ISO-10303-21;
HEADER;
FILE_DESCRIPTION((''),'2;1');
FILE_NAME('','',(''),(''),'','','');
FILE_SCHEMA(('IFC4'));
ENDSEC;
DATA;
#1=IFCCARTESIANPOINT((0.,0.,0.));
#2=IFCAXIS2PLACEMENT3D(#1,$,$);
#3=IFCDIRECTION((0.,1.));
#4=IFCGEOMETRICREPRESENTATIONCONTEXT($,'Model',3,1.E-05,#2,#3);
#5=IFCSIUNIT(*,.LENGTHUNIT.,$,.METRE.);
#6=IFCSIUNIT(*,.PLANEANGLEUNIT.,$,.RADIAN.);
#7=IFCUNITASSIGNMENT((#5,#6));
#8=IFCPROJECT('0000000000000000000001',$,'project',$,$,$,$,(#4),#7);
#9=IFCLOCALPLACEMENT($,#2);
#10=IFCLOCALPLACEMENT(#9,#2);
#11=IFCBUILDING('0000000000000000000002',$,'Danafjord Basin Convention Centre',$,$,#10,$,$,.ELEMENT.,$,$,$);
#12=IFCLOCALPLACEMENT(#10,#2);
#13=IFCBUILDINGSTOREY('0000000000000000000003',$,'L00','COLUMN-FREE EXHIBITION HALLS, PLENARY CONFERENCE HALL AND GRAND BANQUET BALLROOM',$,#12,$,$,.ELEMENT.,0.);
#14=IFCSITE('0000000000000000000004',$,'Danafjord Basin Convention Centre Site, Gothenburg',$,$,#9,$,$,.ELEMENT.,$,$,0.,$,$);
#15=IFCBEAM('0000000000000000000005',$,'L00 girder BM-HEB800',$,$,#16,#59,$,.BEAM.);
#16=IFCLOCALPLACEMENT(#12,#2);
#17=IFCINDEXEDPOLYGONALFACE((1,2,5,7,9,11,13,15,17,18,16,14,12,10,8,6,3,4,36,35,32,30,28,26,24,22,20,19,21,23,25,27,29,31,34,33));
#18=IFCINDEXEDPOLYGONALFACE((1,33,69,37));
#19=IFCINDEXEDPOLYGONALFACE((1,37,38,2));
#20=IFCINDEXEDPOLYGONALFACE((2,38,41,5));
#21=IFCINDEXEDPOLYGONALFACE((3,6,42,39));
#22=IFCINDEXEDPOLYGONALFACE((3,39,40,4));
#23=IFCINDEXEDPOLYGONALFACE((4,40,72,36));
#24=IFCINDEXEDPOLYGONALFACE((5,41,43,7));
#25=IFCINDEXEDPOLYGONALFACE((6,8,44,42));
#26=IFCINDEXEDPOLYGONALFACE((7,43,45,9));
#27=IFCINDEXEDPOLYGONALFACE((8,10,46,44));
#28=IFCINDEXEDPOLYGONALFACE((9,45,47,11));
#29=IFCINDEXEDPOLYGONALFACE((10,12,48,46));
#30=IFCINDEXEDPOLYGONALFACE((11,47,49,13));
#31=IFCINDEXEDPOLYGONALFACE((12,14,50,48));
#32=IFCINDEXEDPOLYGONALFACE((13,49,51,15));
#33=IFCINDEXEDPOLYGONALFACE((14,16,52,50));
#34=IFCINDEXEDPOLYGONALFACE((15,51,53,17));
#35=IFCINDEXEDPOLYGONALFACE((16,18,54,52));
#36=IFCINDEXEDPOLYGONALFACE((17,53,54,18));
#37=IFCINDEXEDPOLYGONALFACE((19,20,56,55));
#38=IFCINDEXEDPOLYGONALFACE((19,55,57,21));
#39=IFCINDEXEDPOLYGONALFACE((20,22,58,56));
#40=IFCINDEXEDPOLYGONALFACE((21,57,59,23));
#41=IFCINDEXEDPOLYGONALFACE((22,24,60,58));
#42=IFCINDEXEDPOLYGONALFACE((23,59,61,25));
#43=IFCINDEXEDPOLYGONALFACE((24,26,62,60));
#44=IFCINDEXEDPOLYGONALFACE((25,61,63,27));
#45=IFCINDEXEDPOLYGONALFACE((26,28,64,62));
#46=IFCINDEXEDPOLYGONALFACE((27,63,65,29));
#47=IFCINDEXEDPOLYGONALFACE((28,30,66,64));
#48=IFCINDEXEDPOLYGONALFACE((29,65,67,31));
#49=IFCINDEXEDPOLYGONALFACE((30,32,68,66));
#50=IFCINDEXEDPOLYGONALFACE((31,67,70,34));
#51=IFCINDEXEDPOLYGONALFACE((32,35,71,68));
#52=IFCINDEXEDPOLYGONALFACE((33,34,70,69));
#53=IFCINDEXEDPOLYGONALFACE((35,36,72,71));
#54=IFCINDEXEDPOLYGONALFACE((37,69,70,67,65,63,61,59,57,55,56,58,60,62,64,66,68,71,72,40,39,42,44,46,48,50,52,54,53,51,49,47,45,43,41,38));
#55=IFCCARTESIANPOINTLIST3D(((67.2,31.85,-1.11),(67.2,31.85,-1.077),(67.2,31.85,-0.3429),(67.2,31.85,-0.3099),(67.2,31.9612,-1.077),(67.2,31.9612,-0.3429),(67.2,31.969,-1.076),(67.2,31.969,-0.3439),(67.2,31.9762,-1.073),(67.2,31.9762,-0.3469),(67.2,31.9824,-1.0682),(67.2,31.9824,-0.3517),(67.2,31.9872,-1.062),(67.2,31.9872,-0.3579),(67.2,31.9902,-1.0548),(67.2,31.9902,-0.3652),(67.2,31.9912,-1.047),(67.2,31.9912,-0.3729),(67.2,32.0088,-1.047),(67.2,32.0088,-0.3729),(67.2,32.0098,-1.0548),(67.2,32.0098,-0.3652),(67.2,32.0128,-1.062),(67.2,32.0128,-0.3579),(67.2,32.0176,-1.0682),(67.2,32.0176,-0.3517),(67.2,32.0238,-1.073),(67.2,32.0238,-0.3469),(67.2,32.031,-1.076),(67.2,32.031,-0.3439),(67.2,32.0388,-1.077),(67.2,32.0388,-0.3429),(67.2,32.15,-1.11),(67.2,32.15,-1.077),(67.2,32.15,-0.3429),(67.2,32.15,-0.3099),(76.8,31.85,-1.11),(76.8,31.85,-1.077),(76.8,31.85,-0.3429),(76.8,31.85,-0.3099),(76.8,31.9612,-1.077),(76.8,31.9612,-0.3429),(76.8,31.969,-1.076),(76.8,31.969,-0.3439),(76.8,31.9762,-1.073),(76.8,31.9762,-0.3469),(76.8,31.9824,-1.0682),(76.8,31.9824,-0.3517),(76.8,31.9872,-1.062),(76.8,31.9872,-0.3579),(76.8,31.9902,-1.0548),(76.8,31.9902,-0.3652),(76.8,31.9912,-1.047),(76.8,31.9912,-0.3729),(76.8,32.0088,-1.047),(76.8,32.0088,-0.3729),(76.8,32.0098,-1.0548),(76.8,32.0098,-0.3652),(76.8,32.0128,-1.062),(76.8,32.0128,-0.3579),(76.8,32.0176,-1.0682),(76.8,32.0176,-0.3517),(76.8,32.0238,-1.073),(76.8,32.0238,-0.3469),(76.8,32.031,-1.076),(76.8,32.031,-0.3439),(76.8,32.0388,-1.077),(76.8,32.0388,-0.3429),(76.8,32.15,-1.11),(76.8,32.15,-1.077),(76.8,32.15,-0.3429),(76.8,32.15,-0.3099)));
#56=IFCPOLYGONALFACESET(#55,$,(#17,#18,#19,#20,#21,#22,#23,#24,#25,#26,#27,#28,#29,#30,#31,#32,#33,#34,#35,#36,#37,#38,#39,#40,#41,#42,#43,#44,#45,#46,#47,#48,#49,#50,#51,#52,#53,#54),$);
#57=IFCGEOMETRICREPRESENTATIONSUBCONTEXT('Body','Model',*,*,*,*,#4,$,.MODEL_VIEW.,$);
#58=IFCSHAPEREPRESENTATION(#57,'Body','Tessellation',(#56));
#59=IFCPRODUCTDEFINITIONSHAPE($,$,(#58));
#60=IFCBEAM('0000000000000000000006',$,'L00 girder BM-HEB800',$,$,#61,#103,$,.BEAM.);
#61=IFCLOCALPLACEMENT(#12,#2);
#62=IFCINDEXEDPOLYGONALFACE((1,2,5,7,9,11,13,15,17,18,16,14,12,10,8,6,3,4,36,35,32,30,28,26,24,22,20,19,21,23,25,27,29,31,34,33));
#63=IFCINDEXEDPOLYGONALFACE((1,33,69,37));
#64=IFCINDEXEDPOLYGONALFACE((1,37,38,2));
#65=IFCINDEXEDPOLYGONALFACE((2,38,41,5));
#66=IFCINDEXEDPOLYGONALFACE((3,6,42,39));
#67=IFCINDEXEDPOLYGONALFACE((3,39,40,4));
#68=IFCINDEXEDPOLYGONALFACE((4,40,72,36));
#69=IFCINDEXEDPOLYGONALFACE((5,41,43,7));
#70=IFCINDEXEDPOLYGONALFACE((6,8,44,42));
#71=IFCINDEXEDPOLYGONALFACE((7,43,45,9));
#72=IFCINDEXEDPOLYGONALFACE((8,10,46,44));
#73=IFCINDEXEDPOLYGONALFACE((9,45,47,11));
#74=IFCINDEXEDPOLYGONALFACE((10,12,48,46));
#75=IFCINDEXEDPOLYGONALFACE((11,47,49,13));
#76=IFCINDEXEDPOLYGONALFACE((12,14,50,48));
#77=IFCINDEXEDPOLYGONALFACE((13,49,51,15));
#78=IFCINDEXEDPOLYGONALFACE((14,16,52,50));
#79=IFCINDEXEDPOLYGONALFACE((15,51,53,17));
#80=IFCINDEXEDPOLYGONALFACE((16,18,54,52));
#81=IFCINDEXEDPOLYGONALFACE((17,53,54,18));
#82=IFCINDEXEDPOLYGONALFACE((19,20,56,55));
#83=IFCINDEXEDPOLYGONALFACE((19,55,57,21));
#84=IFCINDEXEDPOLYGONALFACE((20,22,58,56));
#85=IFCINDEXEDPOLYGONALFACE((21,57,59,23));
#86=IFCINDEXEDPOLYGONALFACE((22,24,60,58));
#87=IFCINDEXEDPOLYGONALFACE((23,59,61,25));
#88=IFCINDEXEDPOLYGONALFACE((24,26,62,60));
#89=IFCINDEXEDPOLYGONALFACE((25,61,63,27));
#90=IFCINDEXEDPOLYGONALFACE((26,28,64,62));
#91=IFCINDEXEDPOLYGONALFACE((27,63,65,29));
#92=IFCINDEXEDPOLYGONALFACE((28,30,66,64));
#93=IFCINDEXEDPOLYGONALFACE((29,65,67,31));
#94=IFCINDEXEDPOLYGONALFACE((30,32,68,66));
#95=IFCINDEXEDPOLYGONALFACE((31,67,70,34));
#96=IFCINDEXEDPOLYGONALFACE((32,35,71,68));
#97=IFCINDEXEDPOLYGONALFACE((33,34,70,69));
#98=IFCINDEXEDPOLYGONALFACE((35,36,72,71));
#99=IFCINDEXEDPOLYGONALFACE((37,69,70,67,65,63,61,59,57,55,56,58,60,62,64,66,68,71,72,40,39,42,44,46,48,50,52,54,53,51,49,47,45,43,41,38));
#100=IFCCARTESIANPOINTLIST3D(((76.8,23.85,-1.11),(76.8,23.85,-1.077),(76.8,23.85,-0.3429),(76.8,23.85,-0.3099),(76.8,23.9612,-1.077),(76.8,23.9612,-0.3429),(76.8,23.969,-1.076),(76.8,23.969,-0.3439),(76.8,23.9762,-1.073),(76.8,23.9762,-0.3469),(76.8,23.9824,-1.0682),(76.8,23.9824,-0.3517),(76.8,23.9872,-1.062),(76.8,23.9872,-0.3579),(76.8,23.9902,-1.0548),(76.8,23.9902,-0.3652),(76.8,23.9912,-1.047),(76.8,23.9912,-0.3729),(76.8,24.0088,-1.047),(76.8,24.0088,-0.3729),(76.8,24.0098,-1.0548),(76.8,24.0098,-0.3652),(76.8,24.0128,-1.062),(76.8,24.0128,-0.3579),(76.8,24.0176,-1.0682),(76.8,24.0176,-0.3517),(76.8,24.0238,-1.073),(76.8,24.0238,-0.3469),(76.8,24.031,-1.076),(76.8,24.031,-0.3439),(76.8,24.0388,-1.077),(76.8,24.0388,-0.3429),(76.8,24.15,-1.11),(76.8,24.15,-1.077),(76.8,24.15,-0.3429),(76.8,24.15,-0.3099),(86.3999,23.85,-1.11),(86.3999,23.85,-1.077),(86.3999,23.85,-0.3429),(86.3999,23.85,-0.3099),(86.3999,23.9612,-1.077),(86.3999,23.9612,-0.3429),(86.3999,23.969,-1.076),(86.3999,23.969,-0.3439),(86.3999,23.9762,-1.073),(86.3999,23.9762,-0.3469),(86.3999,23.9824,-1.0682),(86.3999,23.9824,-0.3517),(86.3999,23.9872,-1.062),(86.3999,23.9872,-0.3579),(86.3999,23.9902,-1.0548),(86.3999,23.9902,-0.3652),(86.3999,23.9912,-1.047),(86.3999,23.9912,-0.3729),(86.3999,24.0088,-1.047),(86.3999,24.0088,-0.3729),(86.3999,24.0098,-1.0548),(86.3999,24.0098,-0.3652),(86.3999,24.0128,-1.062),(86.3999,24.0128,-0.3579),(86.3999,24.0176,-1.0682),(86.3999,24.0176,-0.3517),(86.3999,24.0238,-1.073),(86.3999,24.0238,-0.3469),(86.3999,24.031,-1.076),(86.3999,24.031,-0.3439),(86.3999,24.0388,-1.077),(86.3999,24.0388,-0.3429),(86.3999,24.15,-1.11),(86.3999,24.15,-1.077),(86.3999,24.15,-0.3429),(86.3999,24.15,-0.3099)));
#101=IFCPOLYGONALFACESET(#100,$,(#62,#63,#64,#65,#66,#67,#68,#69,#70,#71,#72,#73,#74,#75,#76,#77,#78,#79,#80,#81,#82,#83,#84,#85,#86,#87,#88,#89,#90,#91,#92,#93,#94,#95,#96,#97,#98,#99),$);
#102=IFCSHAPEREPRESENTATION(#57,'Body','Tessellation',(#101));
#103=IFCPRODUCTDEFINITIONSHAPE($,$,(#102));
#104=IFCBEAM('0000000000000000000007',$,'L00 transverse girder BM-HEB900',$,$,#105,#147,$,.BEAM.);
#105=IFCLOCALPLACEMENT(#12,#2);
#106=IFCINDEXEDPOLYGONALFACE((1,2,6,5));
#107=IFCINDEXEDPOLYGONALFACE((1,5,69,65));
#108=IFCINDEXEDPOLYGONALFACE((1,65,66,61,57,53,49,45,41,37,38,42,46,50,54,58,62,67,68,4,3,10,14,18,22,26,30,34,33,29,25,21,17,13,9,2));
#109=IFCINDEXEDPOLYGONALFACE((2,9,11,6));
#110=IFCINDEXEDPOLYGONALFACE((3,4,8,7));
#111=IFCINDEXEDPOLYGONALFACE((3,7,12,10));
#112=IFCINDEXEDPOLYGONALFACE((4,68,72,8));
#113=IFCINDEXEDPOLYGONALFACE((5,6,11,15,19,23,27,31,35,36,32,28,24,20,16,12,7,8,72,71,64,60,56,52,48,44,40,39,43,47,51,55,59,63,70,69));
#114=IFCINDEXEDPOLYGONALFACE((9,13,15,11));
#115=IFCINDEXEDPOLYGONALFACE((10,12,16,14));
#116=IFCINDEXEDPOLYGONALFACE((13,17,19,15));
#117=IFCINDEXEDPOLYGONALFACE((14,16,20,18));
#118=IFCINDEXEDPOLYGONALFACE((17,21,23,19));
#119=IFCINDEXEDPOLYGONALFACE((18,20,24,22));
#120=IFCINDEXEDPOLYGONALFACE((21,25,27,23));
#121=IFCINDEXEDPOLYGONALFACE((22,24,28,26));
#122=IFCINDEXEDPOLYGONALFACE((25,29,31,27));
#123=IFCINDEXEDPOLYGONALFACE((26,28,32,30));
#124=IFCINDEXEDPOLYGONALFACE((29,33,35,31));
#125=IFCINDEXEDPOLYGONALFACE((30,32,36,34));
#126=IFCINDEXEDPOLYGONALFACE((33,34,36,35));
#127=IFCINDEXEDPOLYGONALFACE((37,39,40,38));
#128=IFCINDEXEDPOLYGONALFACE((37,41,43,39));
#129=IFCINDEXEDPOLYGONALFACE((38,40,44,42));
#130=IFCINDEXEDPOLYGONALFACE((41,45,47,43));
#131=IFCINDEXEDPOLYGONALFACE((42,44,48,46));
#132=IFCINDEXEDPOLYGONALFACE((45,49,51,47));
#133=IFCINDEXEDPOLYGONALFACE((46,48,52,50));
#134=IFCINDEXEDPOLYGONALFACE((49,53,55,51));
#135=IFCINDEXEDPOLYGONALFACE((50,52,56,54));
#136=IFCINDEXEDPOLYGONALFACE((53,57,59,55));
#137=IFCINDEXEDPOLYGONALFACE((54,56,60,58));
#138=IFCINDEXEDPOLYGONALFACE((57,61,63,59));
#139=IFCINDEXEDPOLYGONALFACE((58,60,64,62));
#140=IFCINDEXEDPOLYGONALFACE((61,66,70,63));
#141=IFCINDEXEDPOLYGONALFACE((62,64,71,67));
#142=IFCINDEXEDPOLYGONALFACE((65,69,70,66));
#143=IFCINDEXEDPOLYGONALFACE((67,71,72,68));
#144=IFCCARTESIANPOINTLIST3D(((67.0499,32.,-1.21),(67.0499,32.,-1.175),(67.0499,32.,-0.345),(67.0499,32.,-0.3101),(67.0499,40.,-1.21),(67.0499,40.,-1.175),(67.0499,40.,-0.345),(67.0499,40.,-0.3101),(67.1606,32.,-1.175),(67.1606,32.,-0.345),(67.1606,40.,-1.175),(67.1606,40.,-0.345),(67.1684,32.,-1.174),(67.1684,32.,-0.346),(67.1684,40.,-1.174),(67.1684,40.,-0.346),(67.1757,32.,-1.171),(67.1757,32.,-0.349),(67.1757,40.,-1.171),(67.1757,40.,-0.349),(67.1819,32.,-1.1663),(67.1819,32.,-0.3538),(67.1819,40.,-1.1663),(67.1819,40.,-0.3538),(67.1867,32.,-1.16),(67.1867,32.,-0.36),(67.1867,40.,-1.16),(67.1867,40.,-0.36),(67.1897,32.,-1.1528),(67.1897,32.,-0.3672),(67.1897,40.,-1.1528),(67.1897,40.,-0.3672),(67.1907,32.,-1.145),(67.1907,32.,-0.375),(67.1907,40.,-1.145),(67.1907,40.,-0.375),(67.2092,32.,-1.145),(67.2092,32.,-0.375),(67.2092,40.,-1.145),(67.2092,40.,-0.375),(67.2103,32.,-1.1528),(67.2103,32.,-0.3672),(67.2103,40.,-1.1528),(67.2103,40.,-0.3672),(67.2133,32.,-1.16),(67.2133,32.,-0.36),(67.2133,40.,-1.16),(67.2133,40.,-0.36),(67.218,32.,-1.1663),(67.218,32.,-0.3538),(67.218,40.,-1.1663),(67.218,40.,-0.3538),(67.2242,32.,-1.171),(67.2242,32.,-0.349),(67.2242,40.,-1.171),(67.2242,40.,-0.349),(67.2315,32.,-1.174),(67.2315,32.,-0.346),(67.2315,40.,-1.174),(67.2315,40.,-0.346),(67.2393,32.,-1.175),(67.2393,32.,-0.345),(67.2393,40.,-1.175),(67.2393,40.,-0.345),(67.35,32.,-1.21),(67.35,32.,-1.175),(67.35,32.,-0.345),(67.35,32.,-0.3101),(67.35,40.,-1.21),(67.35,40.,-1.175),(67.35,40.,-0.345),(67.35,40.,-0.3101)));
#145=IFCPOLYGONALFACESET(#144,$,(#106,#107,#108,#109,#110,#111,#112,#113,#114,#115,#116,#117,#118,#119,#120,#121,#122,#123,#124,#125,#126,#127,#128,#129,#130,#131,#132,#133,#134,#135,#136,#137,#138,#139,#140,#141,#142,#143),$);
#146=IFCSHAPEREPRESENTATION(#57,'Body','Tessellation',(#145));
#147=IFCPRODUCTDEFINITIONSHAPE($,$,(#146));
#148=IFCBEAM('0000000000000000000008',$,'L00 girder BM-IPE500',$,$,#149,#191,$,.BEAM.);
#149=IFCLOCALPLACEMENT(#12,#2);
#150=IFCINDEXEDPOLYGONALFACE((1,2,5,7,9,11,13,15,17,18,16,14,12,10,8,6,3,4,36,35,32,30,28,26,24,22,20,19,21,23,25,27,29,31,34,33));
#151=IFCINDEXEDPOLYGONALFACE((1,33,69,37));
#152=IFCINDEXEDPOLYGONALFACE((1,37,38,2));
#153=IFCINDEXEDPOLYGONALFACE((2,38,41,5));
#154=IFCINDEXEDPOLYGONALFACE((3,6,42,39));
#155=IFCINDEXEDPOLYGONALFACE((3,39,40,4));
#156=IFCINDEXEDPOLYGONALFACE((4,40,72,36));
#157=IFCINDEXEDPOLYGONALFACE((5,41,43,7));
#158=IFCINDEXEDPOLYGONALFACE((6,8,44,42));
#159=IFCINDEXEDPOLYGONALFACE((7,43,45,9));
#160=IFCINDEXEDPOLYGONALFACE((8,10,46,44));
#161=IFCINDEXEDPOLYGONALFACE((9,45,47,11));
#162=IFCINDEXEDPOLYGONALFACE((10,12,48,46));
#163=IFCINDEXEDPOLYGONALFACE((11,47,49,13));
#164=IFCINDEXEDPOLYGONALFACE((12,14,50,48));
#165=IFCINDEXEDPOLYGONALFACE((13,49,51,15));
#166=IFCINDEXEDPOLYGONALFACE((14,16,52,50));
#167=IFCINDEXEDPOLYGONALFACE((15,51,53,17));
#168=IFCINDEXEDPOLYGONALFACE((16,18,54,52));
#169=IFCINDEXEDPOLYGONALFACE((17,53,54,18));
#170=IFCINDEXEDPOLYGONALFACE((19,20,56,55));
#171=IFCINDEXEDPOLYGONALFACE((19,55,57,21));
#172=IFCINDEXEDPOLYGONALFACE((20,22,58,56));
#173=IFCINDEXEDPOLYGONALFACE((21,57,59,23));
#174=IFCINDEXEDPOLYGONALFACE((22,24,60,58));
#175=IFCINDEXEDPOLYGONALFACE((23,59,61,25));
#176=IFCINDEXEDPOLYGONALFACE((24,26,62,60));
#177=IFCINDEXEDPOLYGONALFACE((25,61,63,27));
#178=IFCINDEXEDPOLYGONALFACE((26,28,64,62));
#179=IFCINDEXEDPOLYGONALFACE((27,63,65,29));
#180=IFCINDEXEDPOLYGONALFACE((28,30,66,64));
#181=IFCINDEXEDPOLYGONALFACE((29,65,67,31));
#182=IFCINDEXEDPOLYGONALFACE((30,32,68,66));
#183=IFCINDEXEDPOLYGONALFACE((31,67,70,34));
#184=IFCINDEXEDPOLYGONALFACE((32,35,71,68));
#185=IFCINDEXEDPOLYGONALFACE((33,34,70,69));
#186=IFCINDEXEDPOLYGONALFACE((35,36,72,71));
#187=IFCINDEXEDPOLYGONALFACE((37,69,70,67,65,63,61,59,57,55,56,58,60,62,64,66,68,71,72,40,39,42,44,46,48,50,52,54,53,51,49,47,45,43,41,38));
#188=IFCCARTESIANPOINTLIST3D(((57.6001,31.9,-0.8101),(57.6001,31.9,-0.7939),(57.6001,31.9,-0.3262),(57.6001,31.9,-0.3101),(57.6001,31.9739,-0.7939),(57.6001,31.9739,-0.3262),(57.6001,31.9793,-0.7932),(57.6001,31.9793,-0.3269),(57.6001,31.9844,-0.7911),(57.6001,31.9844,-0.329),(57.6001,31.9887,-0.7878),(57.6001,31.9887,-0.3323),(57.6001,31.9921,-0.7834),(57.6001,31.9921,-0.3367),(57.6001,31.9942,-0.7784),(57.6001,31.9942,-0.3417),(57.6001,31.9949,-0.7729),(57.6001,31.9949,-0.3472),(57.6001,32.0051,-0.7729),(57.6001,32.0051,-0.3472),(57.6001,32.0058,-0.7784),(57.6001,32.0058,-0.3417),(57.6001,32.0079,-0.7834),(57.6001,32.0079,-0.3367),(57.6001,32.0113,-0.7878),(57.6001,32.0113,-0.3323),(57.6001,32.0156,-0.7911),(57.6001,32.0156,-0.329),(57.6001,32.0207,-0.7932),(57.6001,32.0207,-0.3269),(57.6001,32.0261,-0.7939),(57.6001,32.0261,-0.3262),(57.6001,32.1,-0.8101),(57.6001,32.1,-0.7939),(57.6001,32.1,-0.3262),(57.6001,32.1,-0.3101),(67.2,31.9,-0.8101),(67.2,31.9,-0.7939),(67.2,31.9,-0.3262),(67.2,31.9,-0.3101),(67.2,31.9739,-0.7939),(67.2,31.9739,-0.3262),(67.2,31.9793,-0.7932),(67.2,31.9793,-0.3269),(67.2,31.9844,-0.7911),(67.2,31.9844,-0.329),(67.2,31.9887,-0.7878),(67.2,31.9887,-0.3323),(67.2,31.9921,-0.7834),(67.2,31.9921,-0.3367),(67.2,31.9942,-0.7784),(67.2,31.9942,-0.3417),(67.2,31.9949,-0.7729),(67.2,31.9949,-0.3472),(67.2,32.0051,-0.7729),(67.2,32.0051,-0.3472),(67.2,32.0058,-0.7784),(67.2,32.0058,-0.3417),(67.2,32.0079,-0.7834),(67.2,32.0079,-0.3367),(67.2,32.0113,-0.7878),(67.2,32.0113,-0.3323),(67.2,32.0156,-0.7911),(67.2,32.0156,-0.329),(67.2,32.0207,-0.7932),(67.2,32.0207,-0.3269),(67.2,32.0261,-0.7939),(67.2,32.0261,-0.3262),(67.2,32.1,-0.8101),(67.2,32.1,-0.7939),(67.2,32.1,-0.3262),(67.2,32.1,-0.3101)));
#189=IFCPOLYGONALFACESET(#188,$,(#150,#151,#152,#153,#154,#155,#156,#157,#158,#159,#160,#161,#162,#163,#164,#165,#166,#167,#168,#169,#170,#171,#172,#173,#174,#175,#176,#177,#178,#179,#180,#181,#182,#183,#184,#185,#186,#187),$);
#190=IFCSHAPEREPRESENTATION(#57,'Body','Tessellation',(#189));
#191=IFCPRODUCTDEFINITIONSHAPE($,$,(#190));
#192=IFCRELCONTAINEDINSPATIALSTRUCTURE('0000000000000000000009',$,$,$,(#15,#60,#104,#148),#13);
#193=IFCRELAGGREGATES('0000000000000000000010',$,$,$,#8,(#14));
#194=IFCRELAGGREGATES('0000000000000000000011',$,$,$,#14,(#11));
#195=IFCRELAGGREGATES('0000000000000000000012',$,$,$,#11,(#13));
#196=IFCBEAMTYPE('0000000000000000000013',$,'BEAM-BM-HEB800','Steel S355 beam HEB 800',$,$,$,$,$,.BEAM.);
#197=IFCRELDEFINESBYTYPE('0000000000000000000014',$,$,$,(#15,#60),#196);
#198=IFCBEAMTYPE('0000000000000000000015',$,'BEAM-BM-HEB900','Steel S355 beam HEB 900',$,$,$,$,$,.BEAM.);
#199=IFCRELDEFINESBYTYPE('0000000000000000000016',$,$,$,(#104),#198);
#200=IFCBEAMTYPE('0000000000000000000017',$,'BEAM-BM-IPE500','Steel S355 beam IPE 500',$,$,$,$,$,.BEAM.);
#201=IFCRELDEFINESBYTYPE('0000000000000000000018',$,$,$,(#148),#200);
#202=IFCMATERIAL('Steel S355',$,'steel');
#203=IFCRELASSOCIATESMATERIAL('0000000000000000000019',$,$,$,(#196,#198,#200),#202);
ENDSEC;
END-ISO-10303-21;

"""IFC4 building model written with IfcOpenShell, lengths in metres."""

from ifc_helpers import new_model, si_unit, direction, frame, origin, origin_2d, place, context, subcontext, project, spatial, i_section, extrude, material, material_profile, profile_set, type_object, element, save


model = new_model("IFC4")

# Units and contexts
model_context = context("Model", 3, precision=1e-05, world=origin(), true_north=direction((0.0, 1.0)))
body_context = subcontext(model_context, "Body", "Model", "MODEL_VIEW")
ifc_project = project(units=[si_unit("LENGTHUNIT", "METRE"), si_unit("PLANEANGLEUNIT", "RADIAN")], contexts=[model_context])

# Site, building, storey
site_placement = place(None, origin())
site = spatial("IfcSite", under=ifc_project, at=site_placement, Name="Danafjord Basin Convention Centre Site, Gothenburg", CompositionType="ELEMENT", RefElevation=0.0)
building_placement = place(site_placement, origin())
building = spatial("IfcBuilding", under=site, at=building_placement, Name="Danafjord Basin Convention Centre", CompositionType="ELEMENT")
storey_placement = place(building_placement, origin())
storey = spatial("IfcBuildingStorey", under=building, at=storey_placement, Name="L00", Description="COLUMN-FREE EXHIBITION HALLS, PLENARY CONFERENCE HALL AND GRAND BANQUET BALLROOM", CompositionType="ELEMENT", Elevation=0.0)

# Shared definitions
ifc_material_1 = material(Name="Steel S355", Category="steel")

# Beams
ifc_material_profile_1 = material_profile(ifc_material_1, i_section(OverallWidth=0.3, OverallDepth=0.8, WebThickness=0.0176, FlangeThickness=0.033, FilletRadius=0.03, at=origin_2d()), Name="HEB 800")
ifc_profile_set_1 = profile_set([ifc_material_profile_1], Name="Steel S355")
beam_type_1 = type_object("IfcBeamType", Name="BEAM-BM-HEB800", Description="Steel S355 beam HEB 800", PredefinedType="BEAM", material=ifc_profile_set_1)
beam_1_placement = place(storey_placement, frame((67.2, 32.0, -0.71), z_axis=(1.0, 0.0, 0.0), x_axis=(0.0, 1.0, 0.0)))
element("IfcBeam", 1, at=beam_1_placement, inside=storey, type_object=beam_type_1, Name="L00 girder BM-HEB800", PredefinedType="BEAM", context=body_context, shape_type="SweptSolid", body=[
    extrude(i_section(OverallWidth=0.3, OverallDepth=0.8, WebThickness=0.0176, FlangeThickness=0.033, FilletRadius=0.03, at=origin_2d()), origin(), (0.0, 0.0, 1.0), 9.6001),
])
beam_2_placement = place(storey_placement, frame((76.8, 24.0, -0.71), z_axis=(1.0, 0.0, 0.0), x_axis=(0.0, 1.0, 0.0)))
element("IfcBeam", 2, at=beam_2_placement, inside=storey, type_object=beam_type_1, Name="L00 girder BM-HEB800", PredefinedType="BEAM", context=body_context, shape_type="SweptSolid", body=[
    extrude(i_section(OverallWidth=0.3, OverallDepth=0.8, WebThickness=0.0176, FlangeThickness=0.033, FilletRadius=0.03, at=origin_2d()), origin(), (0.0, 0.0, 1.0), 9.5999),
])
ifc_material_profile_2 = material_profile(ifc_material_1, i_section(OverallWidth=0.3, OverallDepth=0.8999, WebThickness=0.0186, FlangeThickness=0.0349, FilletRadius=0.03, at=origin_2d()), Name="HEB 900")
ifc_profile_set_2 = profile_set([ifc_material_profile_2], Name="Steel S355")
beam_type_2 = type_object("IfcBeamType", Name="BEAM-BM-HEB900", Description="Steel S355 beam HEB 900", PredefinedType="BEAM", material=ifc_profile_set_2)
beam_3_placement = place(storey_placement, frame((67.2, 32.0, -0.76), z_axis=(0.0, 1.0, 0.0), x_axis=(-1.0, 0.0, 0.0)))
element("IfcBeam", 3, at=beam_3_placement, inside=storey, type_object=beam_type_2, Name="L00 transverse girder BM-HEB900", PredefinedType="BEAM", context=body_context, shape_type="SweptSolid", body=[
    extrude(i_section(OverallWidth=0.3, OverallDepth=0.8999, WebThickness=0.0186, FlangeThickness=0.0349, FilletRadius=0.03, at=origin_2d()), origin(), (0.0, 0.0, 1.0), 8.0),
])
ifc_material_profile_3 = material_profile(ifc_material_1, i_section(OverallWidth=0.2, OverallDepth=0.5, WebThickness=0.0103, FlangeThickness=0.0161, FilletRadius=0.021, at=origin_2d()), Name="IPE 500")
ifc_profile_set_3 = profile_set([ifc_material_profile_3], Name="Steel S355")
beam_type_3 = type_object("IfcBeamType", Name="BEAM-BM-IPE500", Description="Steel S355 beam IPE 500", PredefinedType="BEAM", material=ifc_profile_set_3)
beam_4_placement = place(storey_placement, frame((57.6001, 32.0, -0.5601), z_axis=(1.0, 0.0, 0.0), x_axis=(0.0, 1.0, 0.0)))
element("IfcBeam", 4, at=beam_4_placement, inside=storey, type_object=beam_type_3, Name="L00 girder BM-IPE500", PredefinedType="BEAM", context=body_context, shape_type="SweptSolid", body=[
    extrude(i_section(OverallWidth=0.2, OverallDepth=0.5, WebThickness=0.0103, FlangeThickness=0.0161, FilletRadius=0.021, at=origin_2d()), origin(), (0.0, 0.0, 1.0), 9.5999),
])

save(model, "model.ifc")
